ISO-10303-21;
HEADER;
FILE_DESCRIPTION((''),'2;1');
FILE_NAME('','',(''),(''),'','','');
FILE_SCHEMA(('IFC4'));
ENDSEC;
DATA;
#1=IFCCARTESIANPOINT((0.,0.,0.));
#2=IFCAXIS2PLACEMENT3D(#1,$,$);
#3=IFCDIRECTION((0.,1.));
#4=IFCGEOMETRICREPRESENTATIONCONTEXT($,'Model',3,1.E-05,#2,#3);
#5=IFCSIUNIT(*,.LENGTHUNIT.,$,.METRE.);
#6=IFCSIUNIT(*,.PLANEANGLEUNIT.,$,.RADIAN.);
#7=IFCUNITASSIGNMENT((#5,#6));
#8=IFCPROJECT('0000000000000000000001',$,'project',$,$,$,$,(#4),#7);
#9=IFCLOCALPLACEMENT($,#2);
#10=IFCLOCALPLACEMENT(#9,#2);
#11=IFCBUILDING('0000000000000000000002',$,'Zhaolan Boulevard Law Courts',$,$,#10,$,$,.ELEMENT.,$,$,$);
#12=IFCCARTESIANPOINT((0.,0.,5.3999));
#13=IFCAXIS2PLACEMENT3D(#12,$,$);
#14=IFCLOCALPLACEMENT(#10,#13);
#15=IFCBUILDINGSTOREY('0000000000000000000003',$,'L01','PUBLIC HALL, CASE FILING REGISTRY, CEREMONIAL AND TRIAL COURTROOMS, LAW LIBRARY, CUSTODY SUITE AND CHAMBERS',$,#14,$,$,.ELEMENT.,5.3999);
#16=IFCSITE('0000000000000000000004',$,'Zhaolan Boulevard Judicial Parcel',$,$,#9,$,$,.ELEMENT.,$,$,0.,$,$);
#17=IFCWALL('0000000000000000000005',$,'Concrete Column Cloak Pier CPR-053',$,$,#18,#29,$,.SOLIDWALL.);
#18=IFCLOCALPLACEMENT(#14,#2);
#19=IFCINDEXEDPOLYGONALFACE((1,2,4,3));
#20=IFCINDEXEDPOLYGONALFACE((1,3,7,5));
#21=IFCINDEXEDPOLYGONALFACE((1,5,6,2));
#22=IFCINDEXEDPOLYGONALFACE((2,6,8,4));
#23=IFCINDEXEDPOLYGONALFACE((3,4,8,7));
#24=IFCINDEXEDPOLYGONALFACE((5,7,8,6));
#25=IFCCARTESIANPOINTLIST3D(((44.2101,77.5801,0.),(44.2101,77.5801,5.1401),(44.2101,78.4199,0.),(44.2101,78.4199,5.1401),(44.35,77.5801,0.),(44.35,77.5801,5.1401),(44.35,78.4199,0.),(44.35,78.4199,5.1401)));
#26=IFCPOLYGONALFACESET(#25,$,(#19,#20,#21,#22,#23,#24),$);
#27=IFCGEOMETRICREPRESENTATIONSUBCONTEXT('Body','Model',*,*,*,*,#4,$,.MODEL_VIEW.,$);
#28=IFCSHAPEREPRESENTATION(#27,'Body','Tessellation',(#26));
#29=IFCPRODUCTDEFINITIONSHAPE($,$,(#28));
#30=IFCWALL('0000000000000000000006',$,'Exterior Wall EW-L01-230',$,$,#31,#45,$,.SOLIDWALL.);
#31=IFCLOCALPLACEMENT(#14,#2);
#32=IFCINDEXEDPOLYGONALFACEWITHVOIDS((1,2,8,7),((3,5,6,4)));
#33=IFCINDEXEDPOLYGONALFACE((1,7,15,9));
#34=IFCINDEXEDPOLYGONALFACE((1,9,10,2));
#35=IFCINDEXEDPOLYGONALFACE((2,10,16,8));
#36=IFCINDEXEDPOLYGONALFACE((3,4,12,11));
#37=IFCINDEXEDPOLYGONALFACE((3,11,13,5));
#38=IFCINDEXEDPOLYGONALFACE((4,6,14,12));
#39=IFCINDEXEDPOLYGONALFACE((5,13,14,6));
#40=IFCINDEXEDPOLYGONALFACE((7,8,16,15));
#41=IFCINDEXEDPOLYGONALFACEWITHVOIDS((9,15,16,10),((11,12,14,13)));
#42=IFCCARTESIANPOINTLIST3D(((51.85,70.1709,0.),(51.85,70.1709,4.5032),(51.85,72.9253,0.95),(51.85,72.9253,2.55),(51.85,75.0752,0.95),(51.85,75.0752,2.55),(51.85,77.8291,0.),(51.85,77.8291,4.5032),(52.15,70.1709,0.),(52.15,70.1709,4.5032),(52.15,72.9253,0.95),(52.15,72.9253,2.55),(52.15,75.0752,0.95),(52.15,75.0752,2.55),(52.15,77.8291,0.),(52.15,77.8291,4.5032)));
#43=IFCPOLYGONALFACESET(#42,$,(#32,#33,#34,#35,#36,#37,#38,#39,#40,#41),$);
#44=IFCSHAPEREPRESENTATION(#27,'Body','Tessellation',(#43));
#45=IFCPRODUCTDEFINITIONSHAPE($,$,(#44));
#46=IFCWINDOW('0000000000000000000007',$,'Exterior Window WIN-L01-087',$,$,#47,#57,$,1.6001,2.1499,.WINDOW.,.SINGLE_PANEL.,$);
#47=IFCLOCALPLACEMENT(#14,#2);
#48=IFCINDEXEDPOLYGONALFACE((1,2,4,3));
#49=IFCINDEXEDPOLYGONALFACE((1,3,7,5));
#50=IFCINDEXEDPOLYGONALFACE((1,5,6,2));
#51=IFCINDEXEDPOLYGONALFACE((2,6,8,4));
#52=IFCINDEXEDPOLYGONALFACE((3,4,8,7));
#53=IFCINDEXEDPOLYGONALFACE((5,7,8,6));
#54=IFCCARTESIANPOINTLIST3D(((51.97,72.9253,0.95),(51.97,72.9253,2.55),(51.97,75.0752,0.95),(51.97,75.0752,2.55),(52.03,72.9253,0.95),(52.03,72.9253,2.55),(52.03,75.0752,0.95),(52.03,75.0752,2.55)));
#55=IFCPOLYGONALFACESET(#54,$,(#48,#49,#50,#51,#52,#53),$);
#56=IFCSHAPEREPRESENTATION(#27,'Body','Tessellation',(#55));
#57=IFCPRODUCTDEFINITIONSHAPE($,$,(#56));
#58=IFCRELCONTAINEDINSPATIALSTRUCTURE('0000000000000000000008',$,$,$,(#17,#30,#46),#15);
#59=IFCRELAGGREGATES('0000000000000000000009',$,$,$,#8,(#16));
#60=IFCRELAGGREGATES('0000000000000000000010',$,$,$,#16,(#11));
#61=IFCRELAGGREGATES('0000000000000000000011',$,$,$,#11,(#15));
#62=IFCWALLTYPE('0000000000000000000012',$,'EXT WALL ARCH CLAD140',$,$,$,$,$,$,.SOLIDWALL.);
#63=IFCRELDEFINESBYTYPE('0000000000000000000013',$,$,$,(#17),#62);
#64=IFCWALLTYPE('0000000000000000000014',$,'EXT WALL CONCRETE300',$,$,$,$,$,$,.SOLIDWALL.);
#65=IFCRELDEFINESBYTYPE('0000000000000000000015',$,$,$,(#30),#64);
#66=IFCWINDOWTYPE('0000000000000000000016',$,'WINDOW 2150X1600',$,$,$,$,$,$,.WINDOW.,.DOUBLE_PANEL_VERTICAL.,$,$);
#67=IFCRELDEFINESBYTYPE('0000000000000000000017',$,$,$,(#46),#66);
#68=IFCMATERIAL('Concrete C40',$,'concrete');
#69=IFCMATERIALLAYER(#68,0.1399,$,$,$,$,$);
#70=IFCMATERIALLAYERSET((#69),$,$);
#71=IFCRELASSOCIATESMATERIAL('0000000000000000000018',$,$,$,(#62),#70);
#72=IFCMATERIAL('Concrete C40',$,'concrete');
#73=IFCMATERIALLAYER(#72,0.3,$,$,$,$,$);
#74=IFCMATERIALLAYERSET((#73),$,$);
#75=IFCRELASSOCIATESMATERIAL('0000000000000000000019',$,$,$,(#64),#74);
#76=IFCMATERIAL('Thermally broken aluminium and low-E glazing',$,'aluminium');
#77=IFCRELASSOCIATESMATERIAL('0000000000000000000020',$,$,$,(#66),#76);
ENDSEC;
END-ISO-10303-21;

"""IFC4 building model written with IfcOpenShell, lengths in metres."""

from ifc_helpers import new_model, si_unit, direction, frame, frame_2d, origin, place, context, subcontext, project, spatial, rectangle, extrude, material, layer, layer_set, type_object, element, fill, save


model = new_model("IFC4")

# Units and contexts
model_context = context("Model", 3, precision=1e-05, world=origin(), true_north=direction((0.0, 1.0)))
body_context = subcontext(model_context, "Body", "Model", "MODEL_VIEW")
ifc_project = project(units=[si_unit("LENGTHUNIT", "METRE"), si_unit("PLANEANGLEUNIT", "RADIAN")], contexts=[model_context])

# Site, building, storey
site_placement = place(None, origin())
site = spatial("IfcSite", under=ifc_project, at=site_placement, Name="Zhaolan Boulevard Judicial Parcel", CompositionType="ELEMENT", RefElevation=0.0)
building_placement = place(site_placement, origin())
building = spatial("IfcBuilding", under=site, at=building_placement, Name="Zhaolan Boulevard Law Courts", CompositionType="ELEMENT")
storey_placement = place(building_placement, frame((0.0, 0.0, 5.3999)))
storey = spatial("IfcBuildingStorey", under=building, at=storey_placement, Name="L01", Description="PUBLIC HALL, CASE FILING REGISTRY, CEREMONIAL AND TRIAL COURTROOMS, LAW LIBRARY, CUSTODY SUITE AND CHAMBERS", CompositionType="ELEMENT", Elevation=5.3999)

# Wall
ifc_material_1 = material(Name="Concrete C40", Category="concrete")
ifc_layer_1 = layer(ifc_material_1, 0.1399)
ifc_layer_set_1 = layer_set([ifc_layer_1])
wall_type_1 = type_object("IfcWallType", Name="EXT WALL ARCH CLAD140", PredefinedType="SOLIDWALL", material=ifc_layer_set_1)
wall_1_placement = place(storey_placement, frame((44.28, 77.5801, 0.0), z_axis=(0.0, 0.0, 1.0), x_axis=(0.0, 1.0, 0.0)))
element("IfcWall", 1, at=wall_1_placement, inside=storey, type_object=wall_type_1, Name="Concrete Column Cloak Pier CPR-053", PredefinedType="SOLIDWALL", context=body_context, shape_type="SweptSolid", body=[
    extrude(rectangle(XDim=0.8398, YDim=0.1399, at=frame_2d((0.4199, 0.0))), origin(), (0.0, 0.0, 1.0), 5.1401),
])

# Wall, opening, window
ifc_material_2 = material(Name="Concrete C40", Category="concrete")
ifc_layer_2 = layer(ifc_material_2, 0.3)
ifc_layer_set_2 = layer_set([ifc_layer_2])
wall_type_2 = type_object("IfcWallType", Name="EXT WALL CONCRETE300", PredefinedType="SOLIDWALL", material=ifc_layer_set_2)
wall_2_placement = place(storey_placement, frame((52.0, 77.8291, 0.0), z_axis=(0.0, 0.0, 1.0), x_axis=(0.0, -1.0, 0.0)))
wall_2 = element("IfcWall", 2, at=wall_2_placement, inside=storey, type_object=wall_type_2, Name="Exterior Wall EW-L01-230", PredefinedType="SOLIDWALL", context=body_context, shape_type="SweptSolid", body=[
    extrude(rectangle(XDim=7.6582, YDim=0.3, at=frame_2d((3.8291, 0.0))), origin(), (0.0, 0.0, 1.0), 4.5032),
])
opening_placement = place(wall_2_placement, frame((2.7539, 0.0, 0.95)))
opening = element("IfcOpeningElement", 3, at=opening_placement, cuts=wall_2, PredefinedType="OPENING", context=body_context, shape_type="SweptSolid", body=[
    extrude(rectangle(XDim=2.1499, YDim=1.6001, at=frame_2d((1.075, 0.8))), frame((0.0, 0.1599, 0.0), z_axis=(0.0, -1.0, 0.0), x_axis=(1.0, 0.0, 0.0)), (0.0, 0.0, 1.0), 0.3201),
])
ifc_material_3 = material(Name="Thermally broken aluminium and low-E glazing", Category="aluminium")
window_type = type_object("IfcWindowType", Name="WINDOW 2150X1600", PartitioningType="DOUBLE_PANEL_VERTICAL", PredefinedType="WINDOW", material=ifc_material_3)
window_placement = place(opening_placement, origin())
window = element("IfcWindow", 4, at=window_placement, inside=storey, type_object=window_type, Name="Exterior Window WIN-L01-087", OverallHeight=1.6001, OverallWidth=2.1499, PartitioningType="SINGLE_PANEL", PredefinedType="WINDOW", context=body_context, shape_type="SweptSolid", body=[
    extrude(rectangle(XDim=2.1499, YDim=1.6001, at=frame_2d((1.075, 0.8))), frame((0.0, 0.03, 0.0), z_axis=(0.0, -1.0, 0.0), x_axis=(1.0, 0.0, 0.0)), (0.0, 0.0, 1.0), 0.0601),
])
fill(opening, window)

save(model, "model.ifc")
